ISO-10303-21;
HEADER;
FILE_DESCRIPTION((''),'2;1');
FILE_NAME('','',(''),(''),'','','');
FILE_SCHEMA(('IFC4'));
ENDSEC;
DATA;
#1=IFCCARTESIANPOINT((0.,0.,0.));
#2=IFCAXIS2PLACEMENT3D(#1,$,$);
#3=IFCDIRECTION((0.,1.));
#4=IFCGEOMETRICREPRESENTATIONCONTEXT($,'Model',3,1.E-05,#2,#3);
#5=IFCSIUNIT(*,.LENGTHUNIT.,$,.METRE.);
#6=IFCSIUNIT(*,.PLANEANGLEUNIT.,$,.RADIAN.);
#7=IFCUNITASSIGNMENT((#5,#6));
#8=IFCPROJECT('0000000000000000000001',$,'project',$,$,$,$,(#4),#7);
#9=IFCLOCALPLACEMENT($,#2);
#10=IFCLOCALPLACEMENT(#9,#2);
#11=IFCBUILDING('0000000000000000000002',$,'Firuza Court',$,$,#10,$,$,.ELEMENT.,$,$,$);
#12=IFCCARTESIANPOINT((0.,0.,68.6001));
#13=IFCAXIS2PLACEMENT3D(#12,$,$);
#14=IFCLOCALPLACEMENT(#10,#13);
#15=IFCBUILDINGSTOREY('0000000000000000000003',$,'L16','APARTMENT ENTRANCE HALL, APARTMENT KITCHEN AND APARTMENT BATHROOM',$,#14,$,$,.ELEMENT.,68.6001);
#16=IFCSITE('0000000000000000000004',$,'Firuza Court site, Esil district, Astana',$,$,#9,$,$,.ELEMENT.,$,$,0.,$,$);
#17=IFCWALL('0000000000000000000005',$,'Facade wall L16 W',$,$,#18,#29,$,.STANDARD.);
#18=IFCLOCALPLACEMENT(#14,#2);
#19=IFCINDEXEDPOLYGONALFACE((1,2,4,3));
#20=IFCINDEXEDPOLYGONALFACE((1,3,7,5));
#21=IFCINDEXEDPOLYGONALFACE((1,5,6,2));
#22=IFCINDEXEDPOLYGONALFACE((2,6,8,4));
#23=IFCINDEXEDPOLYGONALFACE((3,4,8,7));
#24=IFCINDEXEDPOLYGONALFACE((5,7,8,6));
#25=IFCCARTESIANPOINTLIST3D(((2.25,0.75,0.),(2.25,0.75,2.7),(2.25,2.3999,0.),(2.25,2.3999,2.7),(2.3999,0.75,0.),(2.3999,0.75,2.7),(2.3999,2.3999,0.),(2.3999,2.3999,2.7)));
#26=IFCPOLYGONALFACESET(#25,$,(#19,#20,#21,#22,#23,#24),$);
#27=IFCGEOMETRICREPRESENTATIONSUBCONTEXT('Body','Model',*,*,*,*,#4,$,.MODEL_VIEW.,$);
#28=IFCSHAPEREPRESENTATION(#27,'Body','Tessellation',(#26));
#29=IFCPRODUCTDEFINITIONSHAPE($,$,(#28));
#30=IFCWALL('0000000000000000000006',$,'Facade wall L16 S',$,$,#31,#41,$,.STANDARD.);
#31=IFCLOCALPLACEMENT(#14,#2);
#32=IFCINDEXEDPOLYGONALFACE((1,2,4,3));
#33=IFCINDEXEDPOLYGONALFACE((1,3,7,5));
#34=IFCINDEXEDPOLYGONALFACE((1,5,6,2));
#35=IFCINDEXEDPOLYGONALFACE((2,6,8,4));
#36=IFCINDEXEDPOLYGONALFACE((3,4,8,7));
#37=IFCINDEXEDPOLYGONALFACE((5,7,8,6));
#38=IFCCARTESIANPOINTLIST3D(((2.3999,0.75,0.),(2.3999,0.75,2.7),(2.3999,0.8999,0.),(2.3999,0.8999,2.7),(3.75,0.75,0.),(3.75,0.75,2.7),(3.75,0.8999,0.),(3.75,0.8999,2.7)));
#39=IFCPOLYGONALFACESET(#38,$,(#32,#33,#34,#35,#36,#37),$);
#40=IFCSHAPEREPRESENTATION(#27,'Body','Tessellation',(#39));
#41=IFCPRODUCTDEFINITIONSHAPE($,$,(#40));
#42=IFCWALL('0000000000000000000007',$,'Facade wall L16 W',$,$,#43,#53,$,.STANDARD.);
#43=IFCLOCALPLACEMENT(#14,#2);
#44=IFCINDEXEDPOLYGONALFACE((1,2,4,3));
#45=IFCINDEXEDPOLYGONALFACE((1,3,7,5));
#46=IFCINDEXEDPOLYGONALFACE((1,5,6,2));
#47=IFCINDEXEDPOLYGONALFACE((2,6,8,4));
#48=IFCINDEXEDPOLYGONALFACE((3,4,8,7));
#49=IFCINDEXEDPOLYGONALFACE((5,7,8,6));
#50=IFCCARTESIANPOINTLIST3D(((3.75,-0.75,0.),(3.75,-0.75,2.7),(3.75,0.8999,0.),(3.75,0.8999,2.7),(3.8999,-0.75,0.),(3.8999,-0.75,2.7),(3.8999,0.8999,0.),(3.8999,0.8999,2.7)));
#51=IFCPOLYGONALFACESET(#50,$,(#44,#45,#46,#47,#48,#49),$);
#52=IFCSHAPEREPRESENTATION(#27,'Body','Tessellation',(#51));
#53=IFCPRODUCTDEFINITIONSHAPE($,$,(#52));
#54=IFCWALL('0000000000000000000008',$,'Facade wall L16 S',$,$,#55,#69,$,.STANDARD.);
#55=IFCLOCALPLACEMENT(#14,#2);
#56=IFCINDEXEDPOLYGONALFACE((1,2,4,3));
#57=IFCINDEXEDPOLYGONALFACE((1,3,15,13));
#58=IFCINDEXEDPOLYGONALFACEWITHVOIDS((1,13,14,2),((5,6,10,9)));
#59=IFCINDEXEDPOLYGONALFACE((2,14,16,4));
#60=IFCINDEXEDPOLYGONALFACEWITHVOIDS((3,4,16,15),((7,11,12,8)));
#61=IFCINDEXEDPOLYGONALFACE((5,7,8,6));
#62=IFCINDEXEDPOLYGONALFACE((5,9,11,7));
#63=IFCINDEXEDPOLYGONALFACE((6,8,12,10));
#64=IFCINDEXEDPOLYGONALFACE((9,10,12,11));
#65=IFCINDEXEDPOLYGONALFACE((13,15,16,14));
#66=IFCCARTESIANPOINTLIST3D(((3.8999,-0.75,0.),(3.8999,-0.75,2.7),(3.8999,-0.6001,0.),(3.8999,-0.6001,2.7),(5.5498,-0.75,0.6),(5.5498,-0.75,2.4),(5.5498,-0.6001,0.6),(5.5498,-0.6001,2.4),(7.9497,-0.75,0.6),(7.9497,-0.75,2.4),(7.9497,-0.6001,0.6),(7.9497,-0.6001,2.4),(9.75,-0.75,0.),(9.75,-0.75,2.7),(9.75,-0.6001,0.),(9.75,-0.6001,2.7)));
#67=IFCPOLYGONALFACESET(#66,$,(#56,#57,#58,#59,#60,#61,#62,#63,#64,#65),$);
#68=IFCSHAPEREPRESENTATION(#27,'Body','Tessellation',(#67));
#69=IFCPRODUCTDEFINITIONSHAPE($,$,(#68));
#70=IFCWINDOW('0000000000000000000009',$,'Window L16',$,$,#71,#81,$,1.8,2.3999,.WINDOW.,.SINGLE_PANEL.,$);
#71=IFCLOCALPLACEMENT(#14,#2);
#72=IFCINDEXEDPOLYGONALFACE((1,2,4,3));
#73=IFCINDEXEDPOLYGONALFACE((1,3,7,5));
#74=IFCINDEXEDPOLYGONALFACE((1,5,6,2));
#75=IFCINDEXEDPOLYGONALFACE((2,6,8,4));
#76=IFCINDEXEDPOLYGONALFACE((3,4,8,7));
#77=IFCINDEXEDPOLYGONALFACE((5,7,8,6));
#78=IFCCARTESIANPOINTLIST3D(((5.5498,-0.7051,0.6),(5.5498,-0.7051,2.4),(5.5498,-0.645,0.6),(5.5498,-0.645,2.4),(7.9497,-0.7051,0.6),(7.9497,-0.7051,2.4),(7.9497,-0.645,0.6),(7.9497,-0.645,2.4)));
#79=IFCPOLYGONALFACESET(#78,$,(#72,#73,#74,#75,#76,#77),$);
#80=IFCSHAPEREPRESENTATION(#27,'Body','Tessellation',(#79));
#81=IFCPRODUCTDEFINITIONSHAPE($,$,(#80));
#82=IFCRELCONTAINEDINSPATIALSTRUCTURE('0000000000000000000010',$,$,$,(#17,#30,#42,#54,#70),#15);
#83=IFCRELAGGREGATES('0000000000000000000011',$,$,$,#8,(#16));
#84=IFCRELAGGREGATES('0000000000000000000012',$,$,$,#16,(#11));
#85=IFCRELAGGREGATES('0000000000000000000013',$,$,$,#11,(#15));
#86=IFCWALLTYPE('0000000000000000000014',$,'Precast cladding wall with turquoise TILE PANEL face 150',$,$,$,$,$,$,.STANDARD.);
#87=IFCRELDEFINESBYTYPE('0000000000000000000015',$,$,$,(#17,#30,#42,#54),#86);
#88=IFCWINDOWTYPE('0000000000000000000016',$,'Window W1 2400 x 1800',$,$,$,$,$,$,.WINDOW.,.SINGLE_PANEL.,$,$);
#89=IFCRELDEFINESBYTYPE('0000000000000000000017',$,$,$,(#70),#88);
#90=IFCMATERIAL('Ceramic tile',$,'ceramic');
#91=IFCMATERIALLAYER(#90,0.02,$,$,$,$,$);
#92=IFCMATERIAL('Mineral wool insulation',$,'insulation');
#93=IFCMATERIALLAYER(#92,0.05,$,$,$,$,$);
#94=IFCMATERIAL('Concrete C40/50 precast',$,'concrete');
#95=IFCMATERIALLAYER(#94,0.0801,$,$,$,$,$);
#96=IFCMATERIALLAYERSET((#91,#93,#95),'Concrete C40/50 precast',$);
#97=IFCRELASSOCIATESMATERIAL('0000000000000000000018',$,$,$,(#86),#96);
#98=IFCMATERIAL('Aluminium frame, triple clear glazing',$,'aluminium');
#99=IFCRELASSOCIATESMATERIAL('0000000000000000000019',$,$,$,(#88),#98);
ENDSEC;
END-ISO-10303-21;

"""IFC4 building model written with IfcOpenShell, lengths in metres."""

from ifc_helpers import new_model, si_unit, direction, frame, frame_2d, origin, place, context, subcontext, project, spatial, rectangle, extrude, material, layer, layer_set, type_object, element, fill, save


model = new_model("IFC4")

# Units and contexts
model_context = context("Model", 3, precision=1e-05, world=origin(), true_north=direction((0.0, 1.0)))
body_context = subcontext(model_context, "Body", "Model", "MODEL_VIEW")
ifc_project = project(units=[si_unit("LENGTHUNIT", "METRE"), si_unit("PLANEANGLEUNIT", "RADIAN")], contexts=[model_context])

# Site, building, storey
site_placement = place(None, origin())
site = spatial("IfcSite", under=ifc_project, at=site_placement, Name="Firuza Court site, Esil district, Astana", CompositionType="ELEMENT", RefElevation=0.0)
building_placement = place(site_placement, origin())
building = spatial("IfcBuilding", under=site, at=building_placement, Name="Firuza Court", CompositionType="ELEMENT")
storey_placement = place(building_placement, frame((0.0, 0.0, 68.6001)))
storey = spatial("IfcBuildingStorey", under=building, at=storey_placement, Name="L16", Description="APARTMENT ENTRANCE HALL, APARTMENT KITCHEN AND APARTMENT BATHROOM", CompositionType="ELEMENT", Elevation=68.6001)

# Shared definitions
ifc_material_1 = material(Name="Concrete C40/50 precast", Category="concrete")

# Walls
ifc_material_2 = material(Name="Ceramic tile", Category="ceramic")
ifc_layer_1 = layer(ifc_material_2, 0.02)
ifc_material_3 = material(Name="Mineral wool insulation", Category="insulation")
ifc_layer_2 = layer(ifc_material_3, 0.05)
ifc_layer_3 = layer(ifc_material_1, 0.0801)
ifc_layer_set_1 = layer_set([ifc_layer_1, ifc_layer_2, ifc_layer_3], Name="Concrete C40/50 precast")
wall_type_1 = type_object("IfcWallType", Name="Precast cladding wall with turquoise TILE PANEL face 150", PredefinedType="STANDARD", material=ifc_layer_set_1)
wall_1_placement = place(storey_placement, frame((2.325, 2.3999, 0.0), z_axis=(0.0, 0.0, 1.0), x_axis=(0.0, -1.0, 0.0)))
element("IfcWall", 1, at=wall_1_placement, inside=storey, type_object=wall_type_1, Name="Facade wall L16 W", PredefinedType="STANDARD", context=body_context, shape_type="SweptSolid", body=[
    extrude(rectangle(XDim=1.6499, YDim=0.1499, at=frame_2d((0.825, 0.0))), origin(), (0.0, 0.0, 1.0), 2.7),
])
wall_2_placement = place(storey_placement, frame((2.3999, 0.825, 0.0), z_axis=(0.0, 0.0, 1.0), x_axis=(1.0, 0.0, 0.0)))
element("IfcWall", 2, at=wall_2_placement, inside=storey, type_object=wall_type_1, Name="Facade wall L16 S", PredefinedType="STANDARD", context=body_context, shape_type="SweptSolid", body=[
    extrude(rectangle(XDim=1.3501, YDim=0.1499, at=frame_2d((0.675, 0.0))), origin(), (0.0, 0.0, 1.0), 2.7),
])
wall_3_placement = place(storey_placement, frame((3.825, 0.8999, 0.0), z_axis=(0.0, 0.0, 1.0), x_axis=(0.0, -1.0, 0.0)))
element("IfcWall", 3, at=wall_3_placement, inside=storey, type_object=wall_type_1, Name="Facade wall L16 W", PredefinedType="STANDARD", context=body_context, shape_type="SweptSolid", body=[
    extrude(rectangle(XDim=1.6499, YDim=0.1499, at=frame_2d((0.825, 0.0))), origin(), (0.0, 0.0, 1.0), 2.7),
])

# Wall, opening, window
wall_4_placement = place(storey_placement, frame((3.8999, -0.675, 0.0), z_axis=(0.0, 0.0, 1.0), x_axis=(1.0, 0.0, 0.0)))
wall_4 = element("IfcWall", 4, at=wall_4_placement, inside=storey, type_object=wall_type_1, Name="Facade wall L16 S", PredefinedType="STANDARD", context=body_context, shape_type="SweptSolid", body=[
    extrude(rectangle(XDim=5.8501, YDim=0.1499, at=frame_2d((2.925, 0.0))), origin(), (0.0, 0.0, 1.0), 2.7),
])
opening_placement = place(wall_4_placement, frame((1.6499, 0.0, 0.6001)))
opening = element("IfcOpeningElement", 5, at=opening_placement, cuts=wall_4, PredefinedType="OPENING", context=body_context, shape_type="SweptSolid", body=[
    extrude(rectangle(XDim=2.3999, YDim=1.8, at=frame_2d((1.2, 0.8999))), frame((0.0, 0.0869, 0.0), z_axis=(0.0, -1.0, 0.0), x_axis=(1.0, 0.0, 0.0)), (0.0, 0.0, 1.0), 0.1738),
])
ifc_material_4 = material(Name="Aluminium frame, triple clear glazing", Category="aluminium")
window_type = type_object("IfcWindowType", Name="Window W1 2400 x 1800", PartitioningType="SINGLE_PANEL", PredefinedType="WINDOW", material=ifc_material_4)
window_placement = place(opening_placement, origin())
window = element("IfcWindow", 6, at=window_placement, inside=storey, type_object=window_type, Name="Window L16", OverallHeight=1.8, OverallWidth=2.3999, PartitioningType="SINGLE_PANEL", PredefinedType="WINDOW", context=body_context, shape_type="SweptSolid", body=[
    extrude(rectangle(XDim=2.3999, YDim=1.8, at=frame_2d((1.2, 0.8999))), frame((0.0, 0.03, 0.0), z_axis=(0.0, -1.0, 0.0), x_axis=(1.0, 0.0, 0.0)), (0.0, 0.0, 1.0), 0.0601),
])
fill(opening, window)

save(model, "model.ifc")
